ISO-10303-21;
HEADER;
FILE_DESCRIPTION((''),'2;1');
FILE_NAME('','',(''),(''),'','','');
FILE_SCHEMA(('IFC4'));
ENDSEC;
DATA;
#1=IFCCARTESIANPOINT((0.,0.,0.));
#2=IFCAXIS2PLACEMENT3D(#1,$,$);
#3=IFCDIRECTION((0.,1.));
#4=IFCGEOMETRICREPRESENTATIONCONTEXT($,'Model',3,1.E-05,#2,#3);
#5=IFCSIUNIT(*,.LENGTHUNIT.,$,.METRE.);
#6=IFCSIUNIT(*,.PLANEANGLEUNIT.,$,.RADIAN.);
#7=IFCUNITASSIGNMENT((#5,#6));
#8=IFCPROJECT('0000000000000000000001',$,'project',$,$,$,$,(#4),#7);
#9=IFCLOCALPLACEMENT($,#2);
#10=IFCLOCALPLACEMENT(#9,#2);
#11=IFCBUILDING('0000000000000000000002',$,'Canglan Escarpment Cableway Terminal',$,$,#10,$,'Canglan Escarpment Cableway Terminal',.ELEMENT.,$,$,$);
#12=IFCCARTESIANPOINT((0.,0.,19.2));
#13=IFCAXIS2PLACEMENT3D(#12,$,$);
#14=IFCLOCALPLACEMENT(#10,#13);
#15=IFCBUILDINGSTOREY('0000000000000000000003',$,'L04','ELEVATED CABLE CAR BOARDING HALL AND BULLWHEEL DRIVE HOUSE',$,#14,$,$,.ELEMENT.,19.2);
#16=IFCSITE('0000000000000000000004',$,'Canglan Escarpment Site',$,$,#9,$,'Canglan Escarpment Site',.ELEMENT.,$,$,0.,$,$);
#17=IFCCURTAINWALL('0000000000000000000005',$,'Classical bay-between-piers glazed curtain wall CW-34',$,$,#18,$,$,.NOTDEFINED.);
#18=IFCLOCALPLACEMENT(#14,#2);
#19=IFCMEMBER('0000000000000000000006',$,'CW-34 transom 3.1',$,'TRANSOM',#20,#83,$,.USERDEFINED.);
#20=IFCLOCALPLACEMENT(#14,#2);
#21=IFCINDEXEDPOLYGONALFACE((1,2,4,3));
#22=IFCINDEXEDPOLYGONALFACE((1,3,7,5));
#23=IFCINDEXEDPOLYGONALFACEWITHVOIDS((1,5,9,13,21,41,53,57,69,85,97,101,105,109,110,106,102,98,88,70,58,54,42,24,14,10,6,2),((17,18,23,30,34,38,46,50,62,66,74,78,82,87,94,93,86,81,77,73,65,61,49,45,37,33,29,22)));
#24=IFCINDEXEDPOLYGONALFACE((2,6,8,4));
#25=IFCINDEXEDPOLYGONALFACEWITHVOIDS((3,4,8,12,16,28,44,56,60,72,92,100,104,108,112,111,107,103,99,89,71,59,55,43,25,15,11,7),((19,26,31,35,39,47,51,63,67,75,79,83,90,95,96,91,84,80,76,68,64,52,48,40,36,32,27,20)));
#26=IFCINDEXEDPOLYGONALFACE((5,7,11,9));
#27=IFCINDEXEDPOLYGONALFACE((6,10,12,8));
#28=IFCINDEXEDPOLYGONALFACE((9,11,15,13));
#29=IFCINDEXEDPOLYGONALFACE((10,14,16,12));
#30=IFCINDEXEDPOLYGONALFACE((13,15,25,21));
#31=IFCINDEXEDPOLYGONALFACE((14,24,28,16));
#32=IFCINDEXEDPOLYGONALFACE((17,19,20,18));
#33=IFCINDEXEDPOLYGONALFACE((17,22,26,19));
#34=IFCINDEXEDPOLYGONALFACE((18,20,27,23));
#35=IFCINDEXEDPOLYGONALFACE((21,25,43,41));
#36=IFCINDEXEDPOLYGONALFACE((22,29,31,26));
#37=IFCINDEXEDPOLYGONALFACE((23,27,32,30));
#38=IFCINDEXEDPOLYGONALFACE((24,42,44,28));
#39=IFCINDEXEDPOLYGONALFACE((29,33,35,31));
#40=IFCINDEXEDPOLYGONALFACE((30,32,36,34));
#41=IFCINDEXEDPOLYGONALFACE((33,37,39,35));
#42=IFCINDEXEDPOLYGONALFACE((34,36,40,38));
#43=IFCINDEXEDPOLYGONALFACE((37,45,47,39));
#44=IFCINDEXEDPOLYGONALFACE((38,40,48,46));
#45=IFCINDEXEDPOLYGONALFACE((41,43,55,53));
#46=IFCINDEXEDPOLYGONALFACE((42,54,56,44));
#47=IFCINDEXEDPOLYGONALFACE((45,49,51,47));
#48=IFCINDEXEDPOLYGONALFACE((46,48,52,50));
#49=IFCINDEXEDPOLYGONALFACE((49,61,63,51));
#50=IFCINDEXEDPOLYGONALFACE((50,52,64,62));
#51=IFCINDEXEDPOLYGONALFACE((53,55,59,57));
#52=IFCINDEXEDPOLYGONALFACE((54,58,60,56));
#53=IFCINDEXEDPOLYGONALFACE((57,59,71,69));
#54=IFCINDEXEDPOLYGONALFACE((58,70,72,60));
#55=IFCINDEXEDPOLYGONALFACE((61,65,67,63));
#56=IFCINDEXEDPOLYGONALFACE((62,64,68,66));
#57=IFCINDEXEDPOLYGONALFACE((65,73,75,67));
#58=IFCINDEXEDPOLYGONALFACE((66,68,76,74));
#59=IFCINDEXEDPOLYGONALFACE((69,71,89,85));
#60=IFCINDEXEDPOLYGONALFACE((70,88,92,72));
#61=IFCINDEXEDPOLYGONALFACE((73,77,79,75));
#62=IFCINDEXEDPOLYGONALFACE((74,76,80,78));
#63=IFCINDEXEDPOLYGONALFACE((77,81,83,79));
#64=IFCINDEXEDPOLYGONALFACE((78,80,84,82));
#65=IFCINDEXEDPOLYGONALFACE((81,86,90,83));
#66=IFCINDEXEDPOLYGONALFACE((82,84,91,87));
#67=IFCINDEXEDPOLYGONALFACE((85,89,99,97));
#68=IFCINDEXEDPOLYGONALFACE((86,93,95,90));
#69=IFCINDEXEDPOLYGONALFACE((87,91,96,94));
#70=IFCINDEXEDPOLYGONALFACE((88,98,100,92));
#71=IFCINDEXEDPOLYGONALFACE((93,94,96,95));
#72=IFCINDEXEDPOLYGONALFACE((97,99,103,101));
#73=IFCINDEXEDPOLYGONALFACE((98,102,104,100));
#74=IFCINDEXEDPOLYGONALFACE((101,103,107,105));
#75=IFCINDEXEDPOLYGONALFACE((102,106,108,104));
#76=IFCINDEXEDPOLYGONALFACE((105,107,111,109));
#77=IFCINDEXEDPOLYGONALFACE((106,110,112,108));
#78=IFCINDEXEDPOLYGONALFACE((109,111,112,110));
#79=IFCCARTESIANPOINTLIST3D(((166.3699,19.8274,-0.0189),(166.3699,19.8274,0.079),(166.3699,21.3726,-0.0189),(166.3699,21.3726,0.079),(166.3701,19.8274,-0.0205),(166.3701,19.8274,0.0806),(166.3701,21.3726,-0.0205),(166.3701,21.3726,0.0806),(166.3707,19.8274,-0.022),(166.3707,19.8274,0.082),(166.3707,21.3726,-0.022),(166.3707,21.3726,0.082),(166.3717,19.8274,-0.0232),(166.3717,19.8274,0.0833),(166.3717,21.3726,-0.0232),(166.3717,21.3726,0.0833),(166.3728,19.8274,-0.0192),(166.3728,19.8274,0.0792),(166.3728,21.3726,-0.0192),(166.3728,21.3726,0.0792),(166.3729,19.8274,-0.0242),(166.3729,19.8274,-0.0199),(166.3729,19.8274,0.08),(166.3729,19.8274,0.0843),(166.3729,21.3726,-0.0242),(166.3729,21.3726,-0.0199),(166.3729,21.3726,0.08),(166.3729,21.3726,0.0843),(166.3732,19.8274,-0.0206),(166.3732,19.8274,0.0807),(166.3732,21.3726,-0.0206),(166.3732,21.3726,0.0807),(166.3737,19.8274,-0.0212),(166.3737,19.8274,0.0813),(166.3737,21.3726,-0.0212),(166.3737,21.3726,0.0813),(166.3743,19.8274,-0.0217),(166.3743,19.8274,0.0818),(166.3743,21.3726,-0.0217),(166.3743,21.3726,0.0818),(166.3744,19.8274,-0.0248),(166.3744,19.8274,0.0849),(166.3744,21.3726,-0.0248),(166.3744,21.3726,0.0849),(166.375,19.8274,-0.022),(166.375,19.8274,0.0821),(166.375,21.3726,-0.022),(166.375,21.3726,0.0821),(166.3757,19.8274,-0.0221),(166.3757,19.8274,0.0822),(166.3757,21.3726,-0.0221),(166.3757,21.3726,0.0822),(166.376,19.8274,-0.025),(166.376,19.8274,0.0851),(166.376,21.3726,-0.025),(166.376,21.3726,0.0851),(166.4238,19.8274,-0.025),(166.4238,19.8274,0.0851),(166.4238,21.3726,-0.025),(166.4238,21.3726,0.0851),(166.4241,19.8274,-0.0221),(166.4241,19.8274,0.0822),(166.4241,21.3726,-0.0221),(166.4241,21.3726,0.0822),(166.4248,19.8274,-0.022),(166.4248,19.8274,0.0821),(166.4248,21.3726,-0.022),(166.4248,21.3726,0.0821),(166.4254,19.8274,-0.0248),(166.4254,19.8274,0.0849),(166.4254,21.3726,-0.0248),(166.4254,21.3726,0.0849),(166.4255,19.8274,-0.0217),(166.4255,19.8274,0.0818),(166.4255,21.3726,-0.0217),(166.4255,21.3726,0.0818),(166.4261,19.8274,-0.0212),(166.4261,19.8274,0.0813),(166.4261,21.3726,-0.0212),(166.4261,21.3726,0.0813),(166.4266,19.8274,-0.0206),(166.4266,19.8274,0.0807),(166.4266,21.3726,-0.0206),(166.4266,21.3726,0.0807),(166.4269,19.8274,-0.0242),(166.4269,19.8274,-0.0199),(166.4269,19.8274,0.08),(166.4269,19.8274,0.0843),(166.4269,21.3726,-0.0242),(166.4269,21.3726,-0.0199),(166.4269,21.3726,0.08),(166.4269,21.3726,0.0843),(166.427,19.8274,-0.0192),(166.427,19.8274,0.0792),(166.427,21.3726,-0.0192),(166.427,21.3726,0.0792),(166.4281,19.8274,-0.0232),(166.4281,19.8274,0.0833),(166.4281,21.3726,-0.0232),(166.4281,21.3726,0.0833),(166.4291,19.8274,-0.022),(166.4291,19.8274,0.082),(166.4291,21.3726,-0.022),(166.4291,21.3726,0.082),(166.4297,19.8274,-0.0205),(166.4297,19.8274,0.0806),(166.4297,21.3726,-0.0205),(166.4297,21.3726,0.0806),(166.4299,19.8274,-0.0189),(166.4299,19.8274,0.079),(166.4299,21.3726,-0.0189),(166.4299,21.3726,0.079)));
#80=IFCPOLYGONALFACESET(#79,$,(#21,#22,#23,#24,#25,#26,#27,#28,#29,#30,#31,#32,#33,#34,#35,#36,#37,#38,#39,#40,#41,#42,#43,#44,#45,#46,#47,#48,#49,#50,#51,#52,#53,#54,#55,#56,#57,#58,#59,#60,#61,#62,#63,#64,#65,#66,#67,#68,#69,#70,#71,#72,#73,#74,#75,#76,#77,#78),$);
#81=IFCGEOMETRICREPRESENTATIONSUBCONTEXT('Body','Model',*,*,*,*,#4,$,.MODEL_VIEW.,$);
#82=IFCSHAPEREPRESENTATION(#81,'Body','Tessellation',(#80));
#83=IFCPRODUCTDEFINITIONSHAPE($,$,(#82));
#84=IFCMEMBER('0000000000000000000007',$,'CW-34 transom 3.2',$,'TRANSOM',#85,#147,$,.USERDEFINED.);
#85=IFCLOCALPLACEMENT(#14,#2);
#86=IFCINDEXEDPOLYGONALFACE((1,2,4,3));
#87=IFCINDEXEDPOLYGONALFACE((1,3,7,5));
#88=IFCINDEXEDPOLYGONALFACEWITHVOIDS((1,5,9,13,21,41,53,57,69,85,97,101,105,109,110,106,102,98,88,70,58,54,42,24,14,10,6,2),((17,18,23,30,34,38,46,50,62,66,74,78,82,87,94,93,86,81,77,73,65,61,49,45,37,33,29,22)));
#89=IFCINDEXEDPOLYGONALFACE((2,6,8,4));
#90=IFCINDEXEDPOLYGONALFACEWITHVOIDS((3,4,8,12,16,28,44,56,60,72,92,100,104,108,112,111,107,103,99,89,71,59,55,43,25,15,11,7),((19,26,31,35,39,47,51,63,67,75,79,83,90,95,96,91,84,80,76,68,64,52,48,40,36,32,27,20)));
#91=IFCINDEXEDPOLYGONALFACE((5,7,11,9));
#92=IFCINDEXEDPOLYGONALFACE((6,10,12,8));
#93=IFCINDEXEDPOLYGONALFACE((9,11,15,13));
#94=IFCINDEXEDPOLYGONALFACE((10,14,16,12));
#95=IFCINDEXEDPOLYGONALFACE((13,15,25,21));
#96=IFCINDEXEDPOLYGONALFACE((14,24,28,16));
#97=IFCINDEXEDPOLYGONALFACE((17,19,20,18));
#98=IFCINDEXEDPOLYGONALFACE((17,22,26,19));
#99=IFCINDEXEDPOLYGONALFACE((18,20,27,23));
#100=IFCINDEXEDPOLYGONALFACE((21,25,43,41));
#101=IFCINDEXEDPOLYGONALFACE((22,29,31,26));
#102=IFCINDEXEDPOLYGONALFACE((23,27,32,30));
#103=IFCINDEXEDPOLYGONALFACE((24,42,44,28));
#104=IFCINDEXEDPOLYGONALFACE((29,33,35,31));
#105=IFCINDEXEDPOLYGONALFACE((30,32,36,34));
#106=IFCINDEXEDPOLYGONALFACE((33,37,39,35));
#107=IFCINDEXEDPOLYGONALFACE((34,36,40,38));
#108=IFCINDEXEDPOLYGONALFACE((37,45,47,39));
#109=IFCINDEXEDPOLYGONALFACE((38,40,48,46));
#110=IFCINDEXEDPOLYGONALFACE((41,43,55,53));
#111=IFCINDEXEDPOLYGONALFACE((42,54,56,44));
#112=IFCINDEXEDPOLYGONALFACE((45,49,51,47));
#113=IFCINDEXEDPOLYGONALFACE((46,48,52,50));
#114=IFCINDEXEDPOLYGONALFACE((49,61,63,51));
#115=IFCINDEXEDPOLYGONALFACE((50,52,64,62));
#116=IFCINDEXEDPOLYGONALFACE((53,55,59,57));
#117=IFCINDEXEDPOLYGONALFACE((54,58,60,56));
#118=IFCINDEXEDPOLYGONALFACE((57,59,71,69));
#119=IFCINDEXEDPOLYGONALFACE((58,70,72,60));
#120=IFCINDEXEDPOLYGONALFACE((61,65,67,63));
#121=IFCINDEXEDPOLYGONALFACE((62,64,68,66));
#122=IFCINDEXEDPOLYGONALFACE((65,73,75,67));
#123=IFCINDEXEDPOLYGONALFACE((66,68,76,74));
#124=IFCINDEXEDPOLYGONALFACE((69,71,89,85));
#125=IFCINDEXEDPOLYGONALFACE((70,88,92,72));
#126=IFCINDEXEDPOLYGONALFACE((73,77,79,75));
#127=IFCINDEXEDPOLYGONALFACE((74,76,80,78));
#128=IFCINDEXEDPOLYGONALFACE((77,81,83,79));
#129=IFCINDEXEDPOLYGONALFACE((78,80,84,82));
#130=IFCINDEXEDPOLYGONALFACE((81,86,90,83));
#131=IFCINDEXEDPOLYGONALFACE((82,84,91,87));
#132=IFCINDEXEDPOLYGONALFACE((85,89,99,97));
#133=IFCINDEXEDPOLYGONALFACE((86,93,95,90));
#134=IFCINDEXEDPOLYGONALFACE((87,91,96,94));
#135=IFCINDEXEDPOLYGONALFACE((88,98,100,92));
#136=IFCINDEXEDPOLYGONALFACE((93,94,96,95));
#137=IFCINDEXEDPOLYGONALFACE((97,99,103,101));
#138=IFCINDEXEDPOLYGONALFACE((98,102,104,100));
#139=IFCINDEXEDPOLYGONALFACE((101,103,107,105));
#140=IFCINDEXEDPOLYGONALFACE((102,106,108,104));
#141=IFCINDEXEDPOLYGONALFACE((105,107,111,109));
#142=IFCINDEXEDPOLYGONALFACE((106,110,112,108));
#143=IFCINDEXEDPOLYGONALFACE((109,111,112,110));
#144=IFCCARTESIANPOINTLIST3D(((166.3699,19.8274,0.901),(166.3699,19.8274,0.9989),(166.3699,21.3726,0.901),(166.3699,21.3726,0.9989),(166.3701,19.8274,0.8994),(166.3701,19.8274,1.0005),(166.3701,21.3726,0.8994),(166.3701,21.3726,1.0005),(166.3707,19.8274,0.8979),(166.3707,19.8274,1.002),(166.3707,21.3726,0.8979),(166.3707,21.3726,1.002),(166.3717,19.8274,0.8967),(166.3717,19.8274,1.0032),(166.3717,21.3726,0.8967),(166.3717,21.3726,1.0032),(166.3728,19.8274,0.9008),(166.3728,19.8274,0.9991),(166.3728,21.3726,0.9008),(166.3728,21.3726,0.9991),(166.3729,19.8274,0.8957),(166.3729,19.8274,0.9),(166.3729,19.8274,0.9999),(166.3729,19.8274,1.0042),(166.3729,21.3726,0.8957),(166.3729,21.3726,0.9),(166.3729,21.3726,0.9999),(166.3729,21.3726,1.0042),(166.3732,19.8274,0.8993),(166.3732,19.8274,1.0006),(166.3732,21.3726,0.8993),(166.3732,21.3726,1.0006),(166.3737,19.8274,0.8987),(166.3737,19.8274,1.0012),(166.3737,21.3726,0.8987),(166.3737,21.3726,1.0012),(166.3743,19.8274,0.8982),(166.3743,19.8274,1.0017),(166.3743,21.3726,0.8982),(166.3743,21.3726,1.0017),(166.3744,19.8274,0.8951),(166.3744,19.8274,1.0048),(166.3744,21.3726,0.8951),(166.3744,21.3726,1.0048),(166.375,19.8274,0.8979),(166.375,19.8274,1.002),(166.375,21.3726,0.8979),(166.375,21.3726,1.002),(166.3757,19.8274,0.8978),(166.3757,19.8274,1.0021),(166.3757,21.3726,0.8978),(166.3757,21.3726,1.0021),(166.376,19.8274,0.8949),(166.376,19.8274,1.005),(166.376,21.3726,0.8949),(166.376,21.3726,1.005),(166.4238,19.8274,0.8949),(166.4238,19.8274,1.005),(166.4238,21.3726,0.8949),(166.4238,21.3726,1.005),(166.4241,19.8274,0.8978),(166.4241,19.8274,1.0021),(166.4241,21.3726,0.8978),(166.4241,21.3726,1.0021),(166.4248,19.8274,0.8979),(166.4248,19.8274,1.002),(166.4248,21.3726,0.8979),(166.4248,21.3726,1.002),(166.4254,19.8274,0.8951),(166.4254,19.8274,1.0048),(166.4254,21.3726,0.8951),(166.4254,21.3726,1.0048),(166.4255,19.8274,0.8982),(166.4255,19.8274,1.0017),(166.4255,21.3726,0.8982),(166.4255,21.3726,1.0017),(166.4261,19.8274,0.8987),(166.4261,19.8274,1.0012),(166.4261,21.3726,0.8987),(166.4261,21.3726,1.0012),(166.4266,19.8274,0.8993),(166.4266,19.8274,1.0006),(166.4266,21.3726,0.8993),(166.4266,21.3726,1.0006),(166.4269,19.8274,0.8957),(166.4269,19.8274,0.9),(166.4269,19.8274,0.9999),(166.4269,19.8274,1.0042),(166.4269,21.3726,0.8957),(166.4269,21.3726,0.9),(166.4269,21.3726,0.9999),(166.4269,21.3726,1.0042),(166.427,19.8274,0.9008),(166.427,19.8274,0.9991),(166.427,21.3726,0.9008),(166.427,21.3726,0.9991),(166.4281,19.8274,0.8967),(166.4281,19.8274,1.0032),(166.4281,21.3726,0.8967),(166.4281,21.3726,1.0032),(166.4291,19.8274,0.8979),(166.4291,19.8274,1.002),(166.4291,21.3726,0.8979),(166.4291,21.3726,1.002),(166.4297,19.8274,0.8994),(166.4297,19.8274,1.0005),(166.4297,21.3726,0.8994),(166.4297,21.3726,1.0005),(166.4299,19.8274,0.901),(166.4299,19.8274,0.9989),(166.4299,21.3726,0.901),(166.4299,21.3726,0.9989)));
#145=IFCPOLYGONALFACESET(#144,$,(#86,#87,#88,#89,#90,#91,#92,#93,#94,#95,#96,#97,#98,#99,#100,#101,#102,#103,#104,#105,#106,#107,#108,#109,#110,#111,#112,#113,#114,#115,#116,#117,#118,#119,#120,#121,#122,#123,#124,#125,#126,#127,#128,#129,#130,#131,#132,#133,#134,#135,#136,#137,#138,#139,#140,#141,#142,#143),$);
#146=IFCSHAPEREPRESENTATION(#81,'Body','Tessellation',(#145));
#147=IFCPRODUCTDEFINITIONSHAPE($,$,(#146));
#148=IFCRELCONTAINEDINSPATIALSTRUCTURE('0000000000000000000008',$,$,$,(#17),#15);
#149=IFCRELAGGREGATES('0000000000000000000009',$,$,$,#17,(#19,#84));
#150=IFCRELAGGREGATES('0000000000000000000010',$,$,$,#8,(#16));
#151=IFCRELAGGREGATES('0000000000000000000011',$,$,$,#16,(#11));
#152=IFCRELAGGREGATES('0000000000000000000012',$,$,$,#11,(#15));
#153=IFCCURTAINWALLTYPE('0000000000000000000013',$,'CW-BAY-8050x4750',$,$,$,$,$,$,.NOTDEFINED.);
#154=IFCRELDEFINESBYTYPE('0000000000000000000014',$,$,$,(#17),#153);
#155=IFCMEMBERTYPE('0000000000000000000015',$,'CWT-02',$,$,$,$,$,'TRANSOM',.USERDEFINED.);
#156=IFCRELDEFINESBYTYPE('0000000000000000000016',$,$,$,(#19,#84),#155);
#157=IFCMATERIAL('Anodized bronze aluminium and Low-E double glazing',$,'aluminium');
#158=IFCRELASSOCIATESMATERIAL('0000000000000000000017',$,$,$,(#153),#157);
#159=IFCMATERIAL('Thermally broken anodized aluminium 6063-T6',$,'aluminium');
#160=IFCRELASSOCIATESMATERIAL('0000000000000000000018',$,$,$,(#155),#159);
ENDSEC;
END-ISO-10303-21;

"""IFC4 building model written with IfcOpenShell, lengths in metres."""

from ifc_helpers import new_model, si_unit, direction, frame, origin, origin_2d, place, context, subcontext, project, spatial, hollow_rectangle, extrude, material, material_profile, profile_set, type_object, element, aggregate, save


model = new_model("IFC4")

# Units and contexts
model_context = context("Model", 3, precision=1e-05, world=origin(), true_north=direction((0.0, 1.0)))
body_context = subcontext(model_context, "Body", "Model", "MODEL_VIEW")
ifc_project = project(units=[si_unit("LENGTHUNIT", "METRE"), si_unit("PLANEANGLEUNIT", "RADIAN")], contexts=[model_context])

# Site, building, storey
site_placement = place(None, origin())
site = spatial("IfcSite", under=ifc_project, at=site_placement, Name="Canglan Escarpment Site", LongName="Canglan Escarpment Site", CompositionType="ELEMENT", RefElevation=0.0)
building_placement = place(site_placement, origin())
building = spatial("IfcBuilding", under=site, at=building_placement, Name="Canglan Escarpment Cableway Terminal", LongName="Canglan Escarpment Cableway Terminal", CompositionType="ELEMENT")
storey_placement = place(building_placement, frame((0.0, 0.0, 19.2)))
storey = spatial("IfcBuildingStorey", under=building, at=storey_placement, Name="L04", Description="ELEVATED CABLE CAR BOARDING HALL AND BULLWHEEL DRIVE HOUSE", CompositionType="ELEMENT", Elevation=19.2)

# Curtain wall
ifc_material_1 = material(Name="Anodized bronze aluminium and Low-E double glazing", Category="aluminium")
curtain_wall_type_1 = type_object("IfcCurtainWallType", Name="CW-BAY-8050x4750", PredefinedType="NOTDEFINED", material=ifc_material_1)
curtain_wall_1_placement = place(storey_placement, origin())
curtain_wall_1 = element("IfcCurtainWall", 1, at=curtain_wall_1_placement, inside=storey, type_object=curtain_wall_type_1, Name="Classical bay-between-piers glazed curtain wall CW-34", PredefinedType="NOTDEFINED")
ifc_material_2 = material(Name="Thermally broken anodized aluminium 6063-T6", Category="aluminium")

# Members
ifc_material_profile_1 = material_profile(ifc_material_2, hollow_rectangle(XDim=0.0601, YDim=0.1101, WallThickness=0.0029, InnerFilletRadius=0.0029, OuterFilletRadius=0.0061, at=origin_2d()), Name="ALU-TRAN 60x110x3")
ifc_profile_set_1 = profile_set([ifc_material_profile_1], Name="Thermally broken anodized aluminium 6063-T6")
member_type_1 = type_object("IfcMemberType", Name="CWT-02", ElementType="TRANSOM", PredefinedType="USERDEFINED", material=ifc_profile_set_1)
member_1_placement = place(storey_placement, frame((166.3999, 19.8274, 0.03), z_axis=(0.0, 1.0, 0.0), x_axis=(-1.0, 0.0, 0.0)))
member_1 = element("IfcMember", 2, at=member_1_placement, type_object=member_type_1, Name="CW-34 transom 3.1", ObjectType="TRANSOM", PredefinedType="USERDEFINED", context=body_context, shape_type="SweptSolid", body=[
    extrude(hollow_rectangle(XDim=0.0601, YDim=0.1101, WallThickness=0.0029, InnerFilletRadius=0.0029, OuterFilletRadius=0.0061, at=origin_2d()), origin(), (0.0, 0.0, 1.0), 1.5452),
])
member_2_placement = place(storey_placement, frame((166.3999, 19.8274, 0.95), z_axis=(0.0, 1.0, 0.0), x_axis=(-1.0, 0.0, 0.0)))
member_2 = element("IfcMember", 3, at=member_2_placement, type_object=member_type_1, Name="CW-34 transom 3.2", ObjectType="TRANSOM", PredefinedType="USERDEFINED", context=body_context, shape_type="SweptSolid", body=[
    extrude(hollow_rectangle(XDim=0.0601, YDim=0.1101, WallThickness=0.0029, InnerFilletRadius=0.0029, OuterFilletRadius=0.0061, at=origin_2d()), origin(), (0.0, 0.0, 1.0), 1.5452),
])

aggregate(curtain_wall_1, [member_1, member_2])

save(model, "model.ifc")
